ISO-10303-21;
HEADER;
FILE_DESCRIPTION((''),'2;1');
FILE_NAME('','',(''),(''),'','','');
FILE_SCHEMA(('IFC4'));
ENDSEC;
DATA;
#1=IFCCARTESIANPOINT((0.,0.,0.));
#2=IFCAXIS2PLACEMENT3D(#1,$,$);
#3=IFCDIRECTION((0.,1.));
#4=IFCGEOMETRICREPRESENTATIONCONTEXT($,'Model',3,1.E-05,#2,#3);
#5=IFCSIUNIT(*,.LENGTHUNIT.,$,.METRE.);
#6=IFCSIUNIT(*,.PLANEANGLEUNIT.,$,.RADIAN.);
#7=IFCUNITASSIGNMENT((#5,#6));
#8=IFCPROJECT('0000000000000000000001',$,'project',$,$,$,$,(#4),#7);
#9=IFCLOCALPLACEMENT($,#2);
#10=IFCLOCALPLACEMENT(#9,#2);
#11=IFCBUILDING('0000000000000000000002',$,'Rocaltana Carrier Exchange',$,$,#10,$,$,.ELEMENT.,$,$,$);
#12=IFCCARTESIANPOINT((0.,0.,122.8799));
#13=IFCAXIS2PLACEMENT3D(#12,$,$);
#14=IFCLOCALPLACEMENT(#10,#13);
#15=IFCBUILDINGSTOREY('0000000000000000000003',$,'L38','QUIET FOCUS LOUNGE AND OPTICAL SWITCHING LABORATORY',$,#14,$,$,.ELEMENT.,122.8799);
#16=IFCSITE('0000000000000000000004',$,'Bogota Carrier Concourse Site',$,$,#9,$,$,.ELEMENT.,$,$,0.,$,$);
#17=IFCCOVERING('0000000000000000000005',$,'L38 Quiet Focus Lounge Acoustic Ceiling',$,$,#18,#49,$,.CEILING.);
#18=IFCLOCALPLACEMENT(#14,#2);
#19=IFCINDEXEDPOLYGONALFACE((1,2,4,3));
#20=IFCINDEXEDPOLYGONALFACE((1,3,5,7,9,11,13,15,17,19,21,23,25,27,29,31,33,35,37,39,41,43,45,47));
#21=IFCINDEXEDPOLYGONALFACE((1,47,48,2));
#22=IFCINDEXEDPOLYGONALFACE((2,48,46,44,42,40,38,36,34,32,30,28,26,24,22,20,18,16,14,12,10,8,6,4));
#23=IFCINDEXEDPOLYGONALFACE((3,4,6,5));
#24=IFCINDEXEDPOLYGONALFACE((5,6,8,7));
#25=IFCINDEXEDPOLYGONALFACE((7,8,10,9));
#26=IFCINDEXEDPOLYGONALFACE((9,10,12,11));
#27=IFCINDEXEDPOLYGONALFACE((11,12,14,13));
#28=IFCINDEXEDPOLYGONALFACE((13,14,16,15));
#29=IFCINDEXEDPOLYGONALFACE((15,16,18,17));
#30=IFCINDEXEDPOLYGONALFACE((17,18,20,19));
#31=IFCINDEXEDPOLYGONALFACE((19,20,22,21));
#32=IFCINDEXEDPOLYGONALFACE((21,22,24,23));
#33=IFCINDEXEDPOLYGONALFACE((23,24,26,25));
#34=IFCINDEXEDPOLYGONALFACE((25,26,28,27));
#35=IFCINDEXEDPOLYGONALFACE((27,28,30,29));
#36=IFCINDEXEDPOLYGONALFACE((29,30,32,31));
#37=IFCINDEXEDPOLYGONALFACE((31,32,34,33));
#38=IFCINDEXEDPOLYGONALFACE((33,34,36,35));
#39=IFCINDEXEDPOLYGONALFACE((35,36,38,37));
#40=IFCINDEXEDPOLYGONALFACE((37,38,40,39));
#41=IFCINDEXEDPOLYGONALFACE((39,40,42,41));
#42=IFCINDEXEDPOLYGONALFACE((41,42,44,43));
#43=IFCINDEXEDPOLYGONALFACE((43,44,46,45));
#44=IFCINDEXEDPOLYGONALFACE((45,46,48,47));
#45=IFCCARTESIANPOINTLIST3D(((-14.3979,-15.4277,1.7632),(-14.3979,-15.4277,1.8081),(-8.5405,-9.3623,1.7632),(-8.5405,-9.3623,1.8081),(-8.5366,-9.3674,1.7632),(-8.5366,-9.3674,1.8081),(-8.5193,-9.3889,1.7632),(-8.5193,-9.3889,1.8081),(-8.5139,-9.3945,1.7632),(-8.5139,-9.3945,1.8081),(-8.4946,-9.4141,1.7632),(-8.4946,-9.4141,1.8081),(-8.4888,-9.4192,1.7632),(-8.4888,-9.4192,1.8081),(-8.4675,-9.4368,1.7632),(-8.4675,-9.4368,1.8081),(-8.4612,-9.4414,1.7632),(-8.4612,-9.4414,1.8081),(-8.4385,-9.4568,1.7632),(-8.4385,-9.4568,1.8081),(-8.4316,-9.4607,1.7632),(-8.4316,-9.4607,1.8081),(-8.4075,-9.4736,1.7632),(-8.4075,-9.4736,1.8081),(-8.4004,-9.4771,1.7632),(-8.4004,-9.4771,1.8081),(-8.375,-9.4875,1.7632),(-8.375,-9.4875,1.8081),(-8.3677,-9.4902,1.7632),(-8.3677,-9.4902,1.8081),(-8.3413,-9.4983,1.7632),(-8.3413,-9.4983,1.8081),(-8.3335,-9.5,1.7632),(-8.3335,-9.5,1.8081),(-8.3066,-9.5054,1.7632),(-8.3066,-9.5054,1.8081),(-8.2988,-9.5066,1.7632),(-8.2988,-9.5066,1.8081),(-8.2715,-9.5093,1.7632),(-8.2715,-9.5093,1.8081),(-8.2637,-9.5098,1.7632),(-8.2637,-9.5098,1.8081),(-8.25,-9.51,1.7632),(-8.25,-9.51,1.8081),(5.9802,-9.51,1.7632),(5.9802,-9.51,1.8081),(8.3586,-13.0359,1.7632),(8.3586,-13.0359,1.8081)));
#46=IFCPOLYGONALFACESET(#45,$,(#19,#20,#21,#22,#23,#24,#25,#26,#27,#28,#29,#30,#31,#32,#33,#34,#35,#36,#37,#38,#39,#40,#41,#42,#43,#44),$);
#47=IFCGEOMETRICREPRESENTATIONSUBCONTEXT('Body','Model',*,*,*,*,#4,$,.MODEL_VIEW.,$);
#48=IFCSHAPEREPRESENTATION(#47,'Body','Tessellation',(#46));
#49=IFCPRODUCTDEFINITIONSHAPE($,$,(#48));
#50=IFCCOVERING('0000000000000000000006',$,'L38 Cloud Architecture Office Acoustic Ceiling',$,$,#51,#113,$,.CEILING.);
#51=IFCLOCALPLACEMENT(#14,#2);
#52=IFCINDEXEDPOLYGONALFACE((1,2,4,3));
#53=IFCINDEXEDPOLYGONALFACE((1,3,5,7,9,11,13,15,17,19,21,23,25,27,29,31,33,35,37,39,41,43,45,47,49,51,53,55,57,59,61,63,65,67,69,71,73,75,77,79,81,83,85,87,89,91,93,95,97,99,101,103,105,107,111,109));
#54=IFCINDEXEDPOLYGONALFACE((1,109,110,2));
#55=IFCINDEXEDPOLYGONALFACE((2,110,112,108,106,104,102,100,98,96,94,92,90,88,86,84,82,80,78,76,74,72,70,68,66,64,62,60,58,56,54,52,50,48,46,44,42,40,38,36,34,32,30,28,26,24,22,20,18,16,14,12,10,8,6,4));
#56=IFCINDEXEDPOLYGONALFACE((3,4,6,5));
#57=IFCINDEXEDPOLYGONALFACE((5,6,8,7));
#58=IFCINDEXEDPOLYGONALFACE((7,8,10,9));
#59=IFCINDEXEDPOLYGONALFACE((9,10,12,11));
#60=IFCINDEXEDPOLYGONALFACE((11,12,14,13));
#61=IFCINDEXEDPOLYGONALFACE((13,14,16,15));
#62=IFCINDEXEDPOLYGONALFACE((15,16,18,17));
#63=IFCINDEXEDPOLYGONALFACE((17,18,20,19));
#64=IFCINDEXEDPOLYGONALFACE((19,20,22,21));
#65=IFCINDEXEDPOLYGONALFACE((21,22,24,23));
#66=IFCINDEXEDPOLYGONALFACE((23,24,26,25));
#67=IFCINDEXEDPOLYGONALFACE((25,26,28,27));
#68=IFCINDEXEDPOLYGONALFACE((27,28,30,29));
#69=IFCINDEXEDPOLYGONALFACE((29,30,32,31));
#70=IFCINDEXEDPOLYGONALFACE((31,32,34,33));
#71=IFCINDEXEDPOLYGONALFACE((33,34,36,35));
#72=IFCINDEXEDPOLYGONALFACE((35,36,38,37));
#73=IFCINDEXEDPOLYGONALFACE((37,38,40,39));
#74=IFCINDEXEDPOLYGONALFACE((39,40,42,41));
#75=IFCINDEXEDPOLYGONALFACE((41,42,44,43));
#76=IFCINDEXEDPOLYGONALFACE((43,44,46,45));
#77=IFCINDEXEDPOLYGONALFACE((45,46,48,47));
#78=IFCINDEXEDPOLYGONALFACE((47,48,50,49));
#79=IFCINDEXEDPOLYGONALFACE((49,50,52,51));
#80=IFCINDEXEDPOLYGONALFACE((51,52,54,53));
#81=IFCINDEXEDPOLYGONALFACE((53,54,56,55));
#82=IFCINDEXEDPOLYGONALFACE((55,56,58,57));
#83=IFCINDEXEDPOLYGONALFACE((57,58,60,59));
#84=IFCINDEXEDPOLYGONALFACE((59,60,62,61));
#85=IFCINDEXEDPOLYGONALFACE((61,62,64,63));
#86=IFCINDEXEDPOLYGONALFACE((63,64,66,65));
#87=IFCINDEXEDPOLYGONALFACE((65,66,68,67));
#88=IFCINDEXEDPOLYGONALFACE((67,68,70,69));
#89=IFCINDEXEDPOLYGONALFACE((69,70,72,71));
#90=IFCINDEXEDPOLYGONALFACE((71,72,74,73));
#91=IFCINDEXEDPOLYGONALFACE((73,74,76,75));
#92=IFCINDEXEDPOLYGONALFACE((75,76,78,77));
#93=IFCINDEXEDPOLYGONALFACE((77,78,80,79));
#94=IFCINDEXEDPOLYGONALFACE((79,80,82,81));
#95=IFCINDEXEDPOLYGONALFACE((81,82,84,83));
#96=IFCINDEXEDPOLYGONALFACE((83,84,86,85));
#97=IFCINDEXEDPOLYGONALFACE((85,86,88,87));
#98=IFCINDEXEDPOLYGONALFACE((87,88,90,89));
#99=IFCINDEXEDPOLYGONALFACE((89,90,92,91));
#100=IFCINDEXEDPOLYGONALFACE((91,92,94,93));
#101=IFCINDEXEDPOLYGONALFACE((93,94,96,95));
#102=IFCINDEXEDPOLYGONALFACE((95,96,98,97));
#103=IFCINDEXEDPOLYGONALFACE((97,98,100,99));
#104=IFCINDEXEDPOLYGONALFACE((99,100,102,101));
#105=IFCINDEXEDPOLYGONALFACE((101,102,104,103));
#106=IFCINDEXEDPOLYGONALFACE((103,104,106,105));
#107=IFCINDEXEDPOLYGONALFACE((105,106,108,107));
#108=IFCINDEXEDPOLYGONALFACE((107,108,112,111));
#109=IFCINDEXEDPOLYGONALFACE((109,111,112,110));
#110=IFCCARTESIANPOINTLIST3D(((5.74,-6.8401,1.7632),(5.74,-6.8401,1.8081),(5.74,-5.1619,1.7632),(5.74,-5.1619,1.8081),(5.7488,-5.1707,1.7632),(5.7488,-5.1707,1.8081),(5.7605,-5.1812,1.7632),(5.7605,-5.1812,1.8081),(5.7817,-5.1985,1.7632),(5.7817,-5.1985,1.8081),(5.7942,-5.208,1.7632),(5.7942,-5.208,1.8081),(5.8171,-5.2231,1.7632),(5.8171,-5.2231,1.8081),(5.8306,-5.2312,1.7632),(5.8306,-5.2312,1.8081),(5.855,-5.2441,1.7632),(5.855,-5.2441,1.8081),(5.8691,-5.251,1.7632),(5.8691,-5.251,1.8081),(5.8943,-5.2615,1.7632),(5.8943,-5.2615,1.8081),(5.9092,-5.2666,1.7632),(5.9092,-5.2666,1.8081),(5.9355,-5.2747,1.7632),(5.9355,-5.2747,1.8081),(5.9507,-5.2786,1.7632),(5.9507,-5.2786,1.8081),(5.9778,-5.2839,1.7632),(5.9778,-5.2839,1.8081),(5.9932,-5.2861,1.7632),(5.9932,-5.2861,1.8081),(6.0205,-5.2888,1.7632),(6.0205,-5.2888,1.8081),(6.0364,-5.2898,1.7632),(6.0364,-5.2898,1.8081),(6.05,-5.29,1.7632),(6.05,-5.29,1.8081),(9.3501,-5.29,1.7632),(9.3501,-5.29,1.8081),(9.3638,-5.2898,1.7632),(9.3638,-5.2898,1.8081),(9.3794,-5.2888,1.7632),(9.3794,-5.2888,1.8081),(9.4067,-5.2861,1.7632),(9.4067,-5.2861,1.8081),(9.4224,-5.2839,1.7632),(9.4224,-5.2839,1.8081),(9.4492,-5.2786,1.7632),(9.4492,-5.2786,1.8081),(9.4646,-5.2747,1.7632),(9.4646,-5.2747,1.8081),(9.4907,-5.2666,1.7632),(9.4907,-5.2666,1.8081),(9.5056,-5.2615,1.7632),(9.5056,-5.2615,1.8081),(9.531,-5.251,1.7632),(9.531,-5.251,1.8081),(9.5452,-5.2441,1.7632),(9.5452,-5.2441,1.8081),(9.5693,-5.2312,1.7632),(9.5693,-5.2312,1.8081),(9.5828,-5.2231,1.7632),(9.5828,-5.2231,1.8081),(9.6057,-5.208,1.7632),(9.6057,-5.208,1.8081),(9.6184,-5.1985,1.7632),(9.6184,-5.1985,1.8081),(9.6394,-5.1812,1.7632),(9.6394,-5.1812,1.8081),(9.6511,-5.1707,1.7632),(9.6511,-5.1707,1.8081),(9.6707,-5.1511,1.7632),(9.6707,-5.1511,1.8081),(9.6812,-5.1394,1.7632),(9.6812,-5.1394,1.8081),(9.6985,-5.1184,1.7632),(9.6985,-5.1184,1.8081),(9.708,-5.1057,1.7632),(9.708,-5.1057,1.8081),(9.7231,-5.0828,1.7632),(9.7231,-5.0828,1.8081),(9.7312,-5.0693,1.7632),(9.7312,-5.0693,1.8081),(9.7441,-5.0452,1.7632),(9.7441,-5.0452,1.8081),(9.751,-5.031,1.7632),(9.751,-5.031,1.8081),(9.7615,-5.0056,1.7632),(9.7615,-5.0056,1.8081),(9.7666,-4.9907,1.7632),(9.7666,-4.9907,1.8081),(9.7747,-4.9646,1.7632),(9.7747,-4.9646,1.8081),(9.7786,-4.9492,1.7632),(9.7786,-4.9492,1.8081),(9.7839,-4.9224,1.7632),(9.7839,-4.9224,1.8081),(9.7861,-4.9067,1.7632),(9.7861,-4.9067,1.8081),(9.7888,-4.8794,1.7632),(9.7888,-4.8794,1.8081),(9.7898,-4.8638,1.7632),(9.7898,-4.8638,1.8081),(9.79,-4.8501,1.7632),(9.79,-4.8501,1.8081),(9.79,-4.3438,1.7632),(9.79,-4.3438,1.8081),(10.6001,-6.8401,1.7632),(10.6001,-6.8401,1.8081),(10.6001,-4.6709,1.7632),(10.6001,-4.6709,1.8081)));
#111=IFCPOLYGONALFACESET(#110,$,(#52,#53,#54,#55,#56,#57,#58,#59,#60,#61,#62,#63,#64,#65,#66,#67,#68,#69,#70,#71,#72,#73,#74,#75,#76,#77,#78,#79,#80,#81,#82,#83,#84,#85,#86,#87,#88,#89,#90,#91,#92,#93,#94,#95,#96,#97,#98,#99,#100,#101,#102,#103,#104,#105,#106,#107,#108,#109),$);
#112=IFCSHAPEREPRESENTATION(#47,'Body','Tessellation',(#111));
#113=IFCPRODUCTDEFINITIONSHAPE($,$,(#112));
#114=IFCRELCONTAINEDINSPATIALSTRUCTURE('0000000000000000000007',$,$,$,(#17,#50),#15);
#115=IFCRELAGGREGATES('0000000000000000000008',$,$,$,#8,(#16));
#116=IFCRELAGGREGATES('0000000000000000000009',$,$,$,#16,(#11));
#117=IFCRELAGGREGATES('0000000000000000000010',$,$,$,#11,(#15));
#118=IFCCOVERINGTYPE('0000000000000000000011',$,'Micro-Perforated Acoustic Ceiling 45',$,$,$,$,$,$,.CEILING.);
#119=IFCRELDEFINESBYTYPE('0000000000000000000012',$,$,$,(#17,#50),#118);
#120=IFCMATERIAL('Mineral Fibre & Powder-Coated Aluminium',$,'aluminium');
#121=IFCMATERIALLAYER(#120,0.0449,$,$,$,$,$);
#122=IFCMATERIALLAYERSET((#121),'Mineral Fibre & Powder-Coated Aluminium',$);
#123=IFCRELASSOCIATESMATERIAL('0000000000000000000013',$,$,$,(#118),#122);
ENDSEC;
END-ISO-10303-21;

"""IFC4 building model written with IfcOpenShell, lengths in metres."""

from ifc_helpers import new_model, si_unit, direction, frame, origin, place, context, subcontext, project, spatial, polyline, outline, extrude, material, layer, layer_set, type_object, element, save


model = new_model("IFC4")

# Units and contexts
model_context = context("Model", 3, precision=1e-05, world=origin(), true_north=direction((0.0, 1.0)))
body_context = subcontext(model_context, "Body", "Model", "MODEL_VIEW")
ifc_project = project(units=[si_unit("LENGTHUNIT", "METRE"), si_unit("PLANEANGLEUNIT", "RADIAN")], contexts=[model_context])

# Site, building, storey
site_placement = place(None, origin())
site = spatial("IfcSite", under=ifc_project, at=site_placement, Name="Bogota Carrier Concourse Site", CompositionType="ELEMENT", RefElevation=0.0)
building_placement = place(site_placement, origin())
building = spatial("IfcBuilding", under=site, at=building_placement, Name="Rocaltana Carrier Exchange", CompositionType="ELEMENT")
storey_placement = place(building_placement, frame((0.0, 0.0, 122.8799)))
storey = spatial("IfcBuildingStorey", under=building, at=storey_placement, Name="L38", Description="QUIET FOCUS LOUNGE AND OPTICAL SWITCHING LABORATORY", CompositionType="ELEMENT", Elevation=122.8799)

# Coverings
ifc_material_1 = material(Name="Mineral Fibre & Powder-Coated Aluminium", Category="aluminium")
ifc_layer_1 = layer(ifc_material_1, 0.0449)
ifc_layer_set_1 = layer_set([ifc_layer_1], Name="Mineral Fibre & Powder-Coated Aluminium")
covering_type_1 = type_object("IfcCoveringType", Name="Micro-Perforated Acoustic Ceiling 45", PredefinedType="CEILING", material=ifc_layer_set_1)
covering_1_placement = place(storey_placement, frame((0.0, 0.0, 1.7632)))
element("IfcCovering", 1, at=covering_1_placement, inside=storey, type_object=covering_type_1, Name="L38 Quiet Focus Lounge Acoustic Ceiling", PredefinedType="CEILING", context=body_context, shape_type="SweptSolid", body=[
    extrude(outline(polyline([(-14.3979, -15.4277), (-8.5405, -9.3623), (-8.5366, -9.3674), (-8.5193, -9.3889), (-8.5139, -9.3945), (-8.4946, -9.4141), (-8.4888, -9.4192), (-8.4675, -9.4368), (-8.4612, -9.4414), (-8.4385, -9.4568), (-8.4316, -9.4607), (-8.4075, -9.4736), (-8.4004, -9.4771), (-8.375, -9.4875), (-8.3677, -9.4902), (-8.3413, -9.4983), (-8.3335, -9.5), (-8.3066, -9.5054), (-8.2988, -9.5066), (-8.2715, -9.5093), (-8.2637, -9.5098), (-8.25, -9.51), (5.9802, -9.51), (8.3586, -13.0359), (-14.3979, -15.4277)])), origin(), (0.0, 0.0, 1.0), 0.0449),
])
covering_2_placement = place(storey_placement, frame((0.0, 0.0, 1.7632)))
element("IfcCovering", 2, at=covering_2_placement, inside=storey, type_object=covering_type_1, Name="L38 Cloud Architecture Office Acoustic Ceiling", PredefinedType="CEILING", context=body_context, shape_type="SweptSolid", body=[
    extrude(outline(polyline([(5.74, -6.8401), (5.74, -5.1619), (5.7488, -5.1707), (5.7605, -5.1812), (5.7817, -5.1985), (5.7942, -5.208), (5.8171, -5.2231), (5.8306, -5.2312), (5.855, -5.2441), (5.8691, -5.251), (5.8943, -5.2615), (5.9092, -5.2666), (5.9355, -5.2747), (5.9507, -5.2786), (5.9778, -5.2839), (5.9932, -5.2861), (6.0205, -5.2888), (6.0364, -5.2898), (6.05, -5.29), (9.3501, -5.29), (9.3638, -5.2898), (9.3794, -5.2888), (9.4067, -5.2861), (9.4224, -5.2839), (9.4492, -5.2786), (9.4646, -5.2747), (9.4907, -5.2666), (9.5056, -5.2615), (9.531, -5.251), (9.5452, -5.2441), (9.5693, -5.2312), (9.5828, -5.2231), (9.6057, -5.208), (9.6184, -5.1985), (9.6394, -5.1812), (9.6511, -5.1707), (9.6707, -5.1511), (9.6812, -5.1394), (9.6985, -5.1184), (9.708, -5.1057), (9.7231, -5.0828), (9.7312, -5.0693), (9.7441, -5.0452), (9.751, -5.031), (9.7615, -5.0056), (9.7666, -4.9907), (9.7747, -4.9646), (9.7786, -4.9492), (9.7839, -4.9224), (9.7861, -4.9067), (9.7888, -4.8794), (9.7898, -4.8638), (9.79, -4.8501), (9.79, -4.3438), (10.6001, -4.6709), (10.6001, -6.8401), (5.74, -6.8401)])), origin(), (0.0, 0.0, 1.0), 0.0449),
])

save(model, "model.ifc")
